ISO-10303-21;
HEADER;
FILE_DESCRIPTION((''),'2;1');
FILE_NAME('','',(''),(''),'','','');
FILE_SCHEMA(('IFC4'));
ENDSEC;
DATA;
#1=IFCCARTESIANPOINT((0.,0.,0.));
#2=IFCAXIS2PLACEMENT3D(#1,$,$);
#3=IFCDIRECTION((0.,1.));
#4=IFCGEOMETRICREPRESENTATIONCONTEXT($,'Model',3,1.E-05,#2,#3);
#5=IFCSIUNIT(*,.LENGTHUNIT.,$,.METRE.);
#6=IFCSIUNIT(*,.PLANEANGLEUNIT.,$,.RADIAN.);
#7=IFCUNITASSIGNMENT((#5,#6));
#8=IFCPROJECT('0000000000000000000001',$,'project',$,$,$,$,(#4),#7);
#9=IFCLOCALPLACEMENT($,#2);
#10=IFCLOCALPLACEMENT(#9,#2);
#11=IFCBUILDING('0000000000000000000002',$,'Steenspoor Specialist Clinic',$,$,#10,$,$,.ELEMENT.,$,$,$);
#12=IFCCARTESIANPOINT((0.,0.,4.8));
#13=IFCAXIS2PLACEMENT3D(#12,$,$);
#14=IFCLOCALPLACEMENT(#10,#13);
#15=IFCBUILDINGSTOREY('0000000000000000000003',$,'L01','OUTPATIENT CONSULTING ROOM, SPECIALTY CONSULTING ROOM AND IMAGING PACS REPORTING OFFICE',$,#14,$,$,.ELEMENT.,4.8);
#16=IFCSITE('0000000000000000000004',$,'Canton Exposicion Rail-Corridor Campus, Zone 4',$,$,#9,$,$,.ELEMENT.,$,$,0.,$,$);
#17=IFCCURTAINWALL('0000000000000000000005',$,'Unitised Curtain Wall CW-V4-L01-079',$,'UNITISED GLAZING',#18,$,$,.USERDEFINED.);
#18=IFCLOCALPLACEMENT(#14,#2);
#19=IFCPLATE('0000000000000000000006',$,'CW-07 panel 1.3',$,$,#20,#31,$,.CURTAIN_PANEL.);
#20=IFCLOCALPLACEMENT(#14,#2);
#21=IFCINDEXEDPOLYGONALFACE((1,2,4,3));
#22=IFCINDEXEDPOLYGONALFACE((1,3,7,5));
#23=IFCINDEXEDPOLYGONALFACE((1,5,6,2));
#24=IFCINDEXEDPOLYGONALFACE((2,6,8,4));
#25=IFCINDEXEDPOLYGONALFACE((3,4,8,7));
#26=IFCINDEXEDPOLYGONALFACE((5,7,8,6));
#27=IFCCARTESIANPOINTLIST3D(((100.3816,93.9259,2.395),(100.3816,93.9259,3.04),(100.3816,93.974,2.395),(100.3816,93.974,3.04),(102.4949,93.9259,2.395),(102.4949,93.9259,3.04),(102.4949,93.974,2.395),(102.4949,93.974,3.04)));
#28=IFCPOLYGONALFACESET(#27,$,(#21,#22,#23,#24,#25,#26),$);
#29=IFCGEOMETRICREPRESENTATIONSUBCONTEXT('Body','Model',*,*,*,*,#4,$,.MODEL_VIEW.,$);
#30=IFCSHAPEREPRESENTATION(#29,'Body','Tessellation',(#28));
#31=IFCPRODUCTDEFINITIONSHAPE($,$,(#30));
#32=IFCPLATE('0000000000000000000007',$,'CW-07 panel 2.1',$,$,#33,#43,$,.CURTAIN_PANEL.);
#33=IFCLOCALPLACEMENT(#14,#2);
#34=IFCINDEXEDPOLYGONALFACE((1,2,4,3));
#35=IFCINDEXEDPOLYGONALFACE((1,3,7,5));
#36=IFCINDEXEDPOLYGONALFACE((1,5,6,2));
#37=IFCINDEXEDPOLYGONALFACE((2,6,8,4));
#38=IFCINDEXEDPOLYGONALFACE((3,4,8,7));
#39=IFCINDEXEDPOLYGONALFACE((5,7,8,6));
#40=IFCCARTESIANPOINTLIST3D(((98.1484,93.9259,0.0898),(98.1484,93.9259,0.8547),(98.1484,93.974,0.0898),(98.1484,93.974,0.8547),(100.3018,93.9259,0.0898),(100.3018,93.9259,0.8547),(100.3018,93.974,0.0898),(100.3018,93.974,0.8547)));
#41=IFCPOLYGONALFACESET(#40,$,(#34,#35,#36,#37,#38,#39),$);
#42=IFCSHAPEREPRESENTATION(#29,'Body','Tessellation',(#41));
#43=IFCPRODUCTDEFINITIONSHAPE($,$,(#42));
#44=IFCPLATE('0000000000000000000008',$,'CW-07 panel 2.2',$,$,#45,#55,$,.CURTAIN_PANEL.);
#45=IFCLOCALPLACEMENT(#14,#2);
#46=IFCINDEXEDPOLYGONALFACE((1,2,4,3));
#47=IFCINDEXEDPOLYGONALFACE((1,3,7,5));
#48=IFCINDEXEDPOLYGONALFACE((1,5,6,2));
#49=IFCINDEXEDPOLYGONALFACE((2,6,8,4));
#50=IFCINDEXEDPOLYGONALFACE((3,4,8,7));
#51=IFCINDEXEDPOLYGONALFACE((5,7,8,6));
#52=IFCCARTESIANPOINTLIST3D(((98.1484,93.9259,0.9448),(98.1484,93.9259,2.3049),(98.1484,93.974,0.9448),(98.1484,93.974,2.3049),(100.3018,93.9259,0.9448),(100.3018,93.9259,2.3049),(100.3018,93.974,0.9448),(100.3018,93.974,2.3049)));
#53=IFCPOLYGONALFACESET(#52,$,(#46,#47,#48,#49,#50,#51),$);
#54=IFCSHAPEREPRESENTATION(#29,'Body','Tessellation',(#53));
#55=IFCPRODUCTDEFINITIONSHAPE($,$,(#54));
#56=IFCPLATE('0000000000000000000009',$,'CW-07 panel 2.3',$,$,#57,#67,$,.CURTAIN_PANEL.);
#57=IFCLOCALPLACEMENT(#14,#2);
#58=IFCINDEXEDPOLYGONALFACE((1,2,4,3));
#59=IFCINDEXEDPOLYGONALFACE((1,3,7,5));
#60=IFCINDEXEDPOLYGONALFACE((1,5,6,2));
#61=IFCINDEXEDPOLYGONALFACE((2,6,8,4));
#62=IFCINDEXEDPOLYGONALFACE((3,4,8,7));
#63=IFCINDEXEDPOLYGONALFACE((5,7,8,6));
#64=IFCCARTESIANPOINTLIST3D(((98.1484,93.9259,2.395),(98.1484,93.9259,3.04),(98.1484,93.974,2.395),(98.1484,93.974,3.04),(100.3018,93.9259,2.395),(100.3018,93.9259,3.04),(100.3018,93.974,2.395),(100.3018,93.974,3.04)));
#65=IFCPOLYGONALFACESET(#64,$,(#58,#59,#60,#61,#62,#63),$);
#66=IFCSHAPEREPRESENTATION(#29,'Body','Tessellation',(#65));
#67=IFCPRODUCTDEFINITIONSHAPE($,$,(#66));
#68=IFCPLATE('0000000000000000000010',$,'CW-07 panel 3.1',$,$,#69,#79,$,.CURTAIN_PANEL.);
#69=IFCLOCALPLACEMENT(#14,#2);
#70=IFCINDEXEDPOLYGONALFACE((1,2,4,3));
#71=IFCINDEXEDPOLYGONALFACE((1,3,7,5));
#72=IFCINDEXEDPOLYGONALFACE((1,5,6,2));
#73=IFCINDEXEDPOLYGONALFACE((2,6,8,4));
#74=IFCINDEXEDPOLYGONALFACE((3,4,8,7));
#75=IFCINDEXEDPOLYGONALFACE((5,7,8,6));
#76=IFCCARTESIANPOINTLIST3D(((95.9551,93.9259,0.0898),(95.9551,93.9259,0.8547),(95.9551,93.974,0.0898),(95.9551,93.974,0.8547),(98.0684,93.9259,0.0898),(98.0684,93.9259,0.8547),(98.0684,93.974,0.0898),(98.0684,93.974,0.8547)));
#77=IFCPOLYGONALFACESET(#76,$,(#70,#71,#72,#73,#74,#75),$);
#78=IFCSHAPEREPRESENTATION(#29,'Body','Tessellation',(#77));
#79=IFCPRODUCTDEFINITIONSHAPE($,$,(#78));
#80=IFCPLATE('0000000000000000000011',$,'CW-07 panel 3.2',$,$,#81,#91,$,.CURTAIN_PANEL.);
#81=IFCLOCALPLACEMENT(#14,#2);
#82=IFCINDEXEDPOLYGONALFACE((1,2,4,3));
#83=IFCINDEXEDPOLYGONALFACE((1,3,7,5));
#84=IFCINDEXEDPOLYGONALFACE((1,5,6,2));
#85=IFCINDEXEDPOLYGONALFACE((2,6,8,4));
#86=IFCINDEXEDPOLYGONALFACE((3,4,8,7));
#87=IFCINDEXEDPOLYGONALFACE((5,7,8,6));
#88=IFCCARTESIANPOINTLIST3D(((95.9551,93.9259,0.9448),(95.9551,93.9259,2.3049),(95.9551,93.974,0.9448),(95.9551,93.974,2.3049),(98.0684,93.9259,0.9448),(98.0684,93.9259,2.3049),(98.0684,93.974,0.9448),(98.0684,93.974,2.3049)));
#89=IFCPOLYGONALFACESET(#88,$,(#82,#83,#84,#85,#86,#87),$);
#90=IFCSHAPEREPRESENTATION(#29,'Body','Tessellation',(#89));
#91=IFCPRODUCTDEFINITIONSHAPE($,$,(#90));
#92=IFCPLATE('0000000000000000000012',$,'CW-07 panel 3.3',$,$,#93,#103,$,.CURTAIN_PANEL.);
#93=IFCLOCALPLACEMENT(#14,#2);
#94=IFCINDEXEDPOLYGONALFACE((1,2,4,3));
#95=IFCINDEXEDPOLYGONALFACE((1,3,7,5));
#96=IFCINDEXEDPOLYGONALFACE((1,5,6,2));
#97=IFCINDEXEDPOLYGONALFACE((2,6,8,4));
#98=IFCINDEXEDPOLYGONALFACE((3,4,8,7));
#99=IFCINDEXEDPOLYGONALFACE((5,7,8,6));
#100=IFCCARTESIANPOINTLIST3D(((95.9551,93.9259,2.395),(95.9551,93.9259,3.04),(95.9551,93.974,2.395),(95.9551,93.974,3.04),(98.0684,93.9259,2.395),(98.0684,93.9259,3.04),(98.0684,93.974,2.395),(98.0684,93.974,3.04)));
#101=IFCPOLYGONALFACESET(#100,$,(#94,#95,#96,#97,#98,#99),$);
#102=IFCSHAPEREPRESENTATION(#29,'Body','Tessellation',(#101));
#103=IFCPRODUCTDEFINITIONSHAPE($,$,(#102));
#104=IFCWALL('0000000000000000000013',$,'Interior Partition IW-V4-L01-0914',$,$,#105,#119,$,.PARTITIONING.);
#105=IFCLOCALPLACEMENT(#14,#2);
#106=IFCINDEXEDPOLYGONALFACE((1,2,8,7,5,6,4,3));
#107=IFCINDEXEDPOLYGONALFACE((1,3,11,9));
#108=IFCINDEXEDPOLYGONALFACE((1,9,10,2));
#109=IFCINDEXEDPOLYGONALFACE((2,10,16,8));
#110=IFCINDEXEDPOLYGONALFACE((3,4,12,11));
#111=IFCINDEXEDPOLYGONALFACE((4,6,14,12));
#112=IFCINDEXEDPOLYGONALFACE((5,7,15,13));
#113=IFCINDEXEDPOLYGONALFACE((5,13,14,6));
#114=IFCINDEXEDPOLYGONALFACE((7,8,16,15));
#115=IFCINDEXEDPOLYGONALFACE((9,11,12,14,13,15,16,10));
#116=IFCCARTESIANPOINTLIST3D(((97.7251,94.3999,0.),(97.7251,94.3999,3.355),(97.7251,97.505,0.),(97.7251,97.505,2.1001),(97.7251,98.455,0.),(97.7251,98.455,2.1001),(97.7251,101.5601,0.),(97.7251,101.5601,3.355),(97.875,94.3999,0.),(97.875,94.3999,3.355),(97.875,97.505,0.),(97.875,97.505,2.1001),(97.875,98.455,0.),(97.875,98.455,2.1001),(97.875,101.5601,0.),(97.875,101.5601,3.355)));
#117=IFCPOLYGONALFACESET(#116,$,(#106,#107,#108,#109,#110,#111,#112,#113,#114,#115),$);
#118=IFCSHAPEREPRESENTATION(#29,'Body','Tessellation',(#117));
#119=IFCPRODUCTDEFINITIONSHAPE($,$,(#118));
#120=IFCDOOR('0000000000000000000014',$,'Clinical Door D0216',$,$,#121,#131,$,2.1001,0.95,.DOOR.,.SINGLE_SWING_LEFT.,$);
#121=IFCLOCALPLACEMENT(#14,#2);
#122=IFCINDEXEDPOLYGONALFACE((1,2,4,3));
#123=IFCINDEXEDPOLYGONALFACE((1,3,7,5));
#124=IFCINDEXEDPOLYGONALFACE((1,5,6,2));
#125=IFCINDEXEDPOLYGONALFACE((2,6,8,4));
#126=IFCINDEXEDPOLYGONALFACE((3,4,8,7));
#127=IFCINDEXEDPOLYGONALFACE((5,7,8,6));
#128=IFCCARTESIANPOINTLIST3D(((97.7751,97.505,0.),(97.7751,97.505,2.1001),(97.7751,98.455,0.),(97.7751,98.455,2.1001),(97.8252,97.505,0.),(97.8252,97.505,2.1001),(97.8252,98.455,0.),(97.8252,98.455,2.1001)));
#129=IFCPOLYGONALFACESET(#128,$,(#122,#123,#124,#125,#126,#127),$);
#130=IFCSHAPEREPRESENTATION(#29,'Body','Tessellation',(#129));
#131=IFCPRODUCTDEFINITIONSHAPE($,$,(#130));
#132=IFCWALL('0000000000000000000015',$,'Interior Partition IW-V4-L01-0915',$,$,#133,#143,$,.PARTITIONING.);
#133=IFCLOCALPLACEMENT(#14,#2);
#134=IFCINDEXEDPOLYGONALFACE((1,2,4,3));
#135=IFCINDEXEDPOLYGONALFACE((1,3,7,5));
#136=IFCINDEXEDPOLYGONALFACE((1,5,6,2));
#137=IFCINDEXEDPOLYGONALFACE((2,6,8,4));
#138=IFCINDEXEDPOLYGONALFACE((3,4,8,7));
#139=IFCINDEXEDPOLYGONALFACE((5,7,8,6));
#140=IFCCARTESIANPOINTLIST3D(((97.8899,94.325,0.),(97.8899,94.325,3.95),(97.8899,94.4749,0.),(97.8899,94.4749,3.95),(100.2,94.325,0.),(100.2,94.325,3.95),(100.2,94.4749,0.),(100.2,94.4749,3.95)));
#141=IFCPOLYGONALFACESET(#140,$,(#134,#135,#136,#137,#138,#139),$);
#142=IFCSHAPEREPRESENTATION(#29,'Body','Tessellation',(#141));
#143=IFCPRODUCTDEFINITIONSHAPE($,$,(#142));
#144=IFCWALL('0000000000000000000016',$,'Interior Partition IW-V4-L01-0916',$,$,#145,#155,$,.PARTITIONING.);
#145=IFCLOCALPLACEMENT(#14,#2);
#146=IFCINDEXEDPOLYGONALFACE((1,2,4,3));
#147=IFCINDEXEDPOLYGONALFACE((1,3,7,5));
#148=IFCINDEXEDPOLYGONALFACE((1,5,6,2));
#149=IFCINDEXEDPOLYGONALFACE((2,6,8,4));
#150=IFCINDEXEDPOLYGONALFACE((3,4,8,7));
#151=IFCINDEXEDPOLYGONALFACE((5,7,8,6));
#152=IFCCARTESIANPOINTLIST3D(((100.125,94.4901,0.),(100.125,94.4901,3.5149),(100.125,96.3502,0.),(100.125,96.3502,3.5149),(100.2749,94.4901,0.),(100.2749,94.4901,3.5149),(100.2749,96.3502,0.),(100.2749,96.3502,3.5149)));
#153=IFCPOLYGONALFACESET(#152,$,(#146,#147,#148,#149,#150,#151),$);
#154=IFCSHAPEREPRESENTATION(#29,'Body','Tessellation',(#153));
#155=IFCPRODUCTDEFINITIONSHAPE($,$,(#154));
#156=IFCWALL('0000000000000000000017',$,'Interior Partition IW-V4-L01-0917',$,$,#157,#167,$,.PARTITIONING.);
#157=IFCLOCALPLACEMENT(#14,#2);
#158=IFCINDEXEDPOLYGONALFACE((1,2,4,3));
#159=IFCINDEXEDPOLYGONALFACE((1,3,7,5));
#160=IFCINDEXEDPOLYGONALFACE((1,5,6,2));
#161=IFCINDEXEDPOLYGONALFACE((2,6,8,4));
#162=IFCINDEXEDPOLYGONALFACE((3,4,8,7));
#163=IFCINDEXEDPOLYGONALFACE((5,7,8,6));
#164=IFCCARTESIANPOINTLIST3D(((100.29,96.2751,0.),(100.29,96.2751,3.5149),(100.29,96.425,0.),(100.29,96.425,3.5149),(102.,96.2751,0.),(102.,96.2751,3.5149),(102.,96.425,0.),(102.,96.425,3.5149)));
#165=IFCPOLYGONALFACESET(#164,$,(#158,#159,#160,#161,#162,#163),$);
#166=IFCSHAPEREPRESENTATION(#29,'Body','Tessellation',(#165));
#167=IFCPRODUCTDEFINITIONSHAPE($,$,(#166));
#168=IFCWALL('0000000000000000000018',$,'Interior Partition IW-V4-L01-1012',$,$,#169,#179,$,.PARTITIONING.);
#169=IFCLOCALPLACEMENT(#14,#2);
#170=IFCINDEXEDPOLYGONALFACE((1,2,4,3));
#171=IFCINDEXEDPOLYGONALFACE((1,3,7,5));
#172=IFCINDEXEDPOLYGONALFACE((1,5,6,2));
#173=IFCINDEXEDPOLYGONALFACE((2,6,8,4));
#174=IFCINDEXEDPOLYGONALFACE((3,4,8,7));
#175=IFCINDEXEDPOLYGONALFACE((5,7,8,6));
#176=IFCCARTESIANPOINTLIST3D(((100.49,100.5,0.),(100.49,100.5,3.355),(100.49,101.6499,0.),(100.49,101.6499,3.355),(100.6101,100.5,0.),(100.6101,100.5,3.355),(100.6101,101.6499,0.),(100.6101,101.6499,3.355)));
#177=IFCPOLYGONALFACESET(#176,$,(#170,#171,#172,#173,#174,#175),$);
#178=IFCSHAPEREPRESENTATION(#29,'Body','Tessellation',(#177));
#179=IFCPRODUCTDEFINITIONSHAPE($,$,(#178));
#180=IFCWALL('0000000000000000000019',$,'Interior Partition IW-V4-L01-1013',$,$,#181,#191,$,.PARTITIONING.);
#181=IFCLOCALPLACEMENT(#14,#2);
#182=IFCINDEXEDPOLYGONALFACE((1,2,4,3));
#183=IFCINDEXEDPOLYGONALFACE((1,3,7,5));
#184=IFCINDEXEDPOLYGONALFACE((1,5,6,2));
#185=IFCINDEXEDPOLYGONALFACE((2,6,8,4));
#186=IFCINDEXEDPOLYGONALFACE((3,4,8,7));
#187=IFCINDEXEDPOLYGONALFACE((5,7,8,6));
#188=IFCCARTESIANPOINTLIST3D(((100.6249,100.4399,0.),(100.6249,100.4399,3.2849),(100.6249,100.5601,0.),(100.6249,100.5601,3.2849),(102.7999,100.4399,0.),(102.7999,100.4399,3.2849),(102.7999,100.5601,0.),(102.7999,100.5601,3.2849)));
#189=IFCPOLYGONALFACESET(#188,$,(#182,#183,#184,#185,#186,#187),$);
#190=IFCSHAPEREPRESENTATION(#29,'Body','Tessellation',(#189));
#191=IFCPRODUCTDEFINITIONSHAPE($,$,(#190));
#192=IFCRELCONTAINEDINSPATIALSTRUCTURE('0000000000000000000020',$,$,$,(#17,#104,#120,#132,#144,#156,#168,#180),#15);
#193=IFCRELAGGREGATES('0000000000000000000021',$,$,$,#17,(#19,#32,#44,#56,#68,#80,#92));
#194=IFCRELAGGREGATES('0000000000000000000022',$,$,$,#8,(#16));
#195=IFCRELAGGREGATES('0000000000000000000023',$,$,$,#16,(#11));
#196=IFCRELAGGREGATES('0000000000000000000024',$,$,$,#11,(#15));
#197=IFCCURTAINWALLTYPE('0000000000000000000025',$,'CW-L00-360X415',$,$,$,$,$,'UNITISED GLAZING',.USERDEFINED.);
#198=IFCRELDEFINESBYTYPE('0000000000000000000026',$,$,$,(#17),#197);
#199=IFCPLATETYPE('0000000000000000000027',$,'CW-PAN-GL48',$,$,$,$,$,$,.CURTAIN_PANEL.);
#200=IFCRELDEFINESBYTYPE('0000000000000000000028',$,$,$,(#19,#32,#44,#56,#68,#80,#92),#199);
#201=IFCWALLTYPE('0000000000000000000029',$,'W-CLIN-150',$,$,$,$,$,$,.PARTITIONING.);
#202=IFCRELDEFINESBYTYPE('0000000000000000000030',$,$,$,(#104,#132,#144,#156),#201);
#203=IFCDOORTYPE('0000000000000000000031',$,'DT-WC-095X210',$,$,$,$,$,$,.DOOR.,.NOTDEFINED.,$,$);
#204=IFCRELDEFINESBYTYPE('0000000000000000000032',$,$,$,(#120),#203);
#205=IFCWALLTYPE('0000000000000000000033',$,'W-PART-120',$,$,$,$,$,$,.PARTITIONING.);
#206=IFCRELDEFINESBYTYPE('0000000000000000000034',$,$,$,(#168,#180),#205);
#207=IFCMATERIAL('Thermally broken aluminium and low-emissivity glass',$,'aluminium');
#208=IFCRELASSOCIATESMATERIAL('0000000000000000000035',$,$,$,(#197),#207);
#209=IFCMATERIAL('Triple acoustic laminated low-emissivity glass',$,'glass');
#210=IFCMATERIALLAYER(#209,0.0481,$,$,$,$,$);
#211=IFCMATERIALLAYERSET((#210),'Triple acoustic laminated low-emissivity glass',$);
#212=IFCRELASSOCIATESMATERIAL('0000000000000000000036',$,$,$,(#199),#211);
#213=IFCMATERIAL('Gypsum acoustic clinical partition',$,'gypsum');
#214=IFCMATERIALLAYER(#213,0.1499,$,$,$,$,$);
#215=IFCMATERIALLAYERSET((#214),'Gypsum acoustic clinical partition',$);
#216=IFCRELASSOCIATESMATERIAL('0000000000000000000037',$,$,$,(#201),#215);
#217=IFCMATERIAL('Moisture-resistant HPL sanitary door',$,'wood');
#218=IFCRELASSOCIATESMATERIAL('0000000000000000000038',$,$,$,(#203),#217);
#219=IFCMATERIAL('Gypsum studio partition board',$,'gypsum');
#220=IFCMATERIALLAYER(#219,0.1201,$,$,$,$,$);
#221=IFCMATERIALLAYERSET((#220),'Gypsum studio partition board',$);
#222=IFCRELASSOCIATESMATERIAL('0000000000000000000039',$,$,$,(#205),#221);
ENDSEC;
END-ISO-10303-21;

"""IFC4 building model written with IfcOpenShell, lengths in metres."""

from ifc_helpers import new_model, si_unit, direction, frame, frame_2d, origin, origin_2d, place, context, subcontext, project, spatial, rectangle, extrude, material, layer, layer_set, type_object, element, fill, aggregate, save


model = new_model("IFC4")

# Units and contexts
model_context = context("Model", 3, precision=1e-05, world=origin(), true_north=direction((0.0, 1.0)))
body_context = subcontext(model_context, "Body", "Model", "MODEL_VIEW")
ifc_project = project(units=[si_unit("LENGTHUNIT", "METRE"), si_unit("PLANEANGLEUNIT", "RADIAN")], contexts=[model_context])

# Site, building, storey
site_placement = place(None, origin())
site = spatial("IfcSite", under=ifc_project, at=site_placement, Name="Canton Exposicion Rail-Corridor Campus, Zone 4", CompositionType="ELEMENT", RefElevation=0.0)
building_placement = place(site_placement, origin())
building = spatial("IfcBuilding", under=site, at=building_placement, Name="Steenspoor Specialist Clinic", CompositionType="ELEMENT")
storey_placement = place(building_placement, frame((0.0, 0.0, 4.8)))
storey = spatial("IfcBuildingStorey", under=building, at=storey_placement, Name="L01", Description="OUTPATIENT CONSULTING ROOM, SPECIALTY CONSULTING ROOM AND IMAGING PACS REPORTING OFFICE", CompositionType="ELEMENT", Elevation=4.8)

# Curtain wall, plates
ifc_material_1 = material(Name="Thermally broken aluminium and low-emissivity glass", Category="aluminium")
curtain_wall_type = type_object("IfcCurtainWallType", Name="CW-L00-360X415", ElementType="UNITISED GLAZING", PredefinedType="USERDEFINED", material=ifc_material_1)
curtain_wall_placement = place(storey_placement, origin())
curtain_wall = element("IfcCurtainWall", 1, at=curtain_wall_placement, inside=storey, type_object=curtain_wall_type, Name="Unitised Curtain Wall CW-V4-L01-079", ObjectType="UNITISED GLAZING", PredefinedType="USERDEFINED")
ifc_material_2 = material(Name="Triple acoustic laminated low-emissivity glass", Category="glass")
ifc_layer_1 = layer(ifc_material_2, 0.0481)
ifc_layer_set_1 = layer_set([ifc_layer_1], Name="Triple acoustic laminated low-emissivity glass")
plate_type = type_object("IfcPlateType", Name="CW-PAN-GL48", PredefinedType="CURTAIN_PANEL", material=ifc_layer_set_1)
plate_1_placement = place(storey_placement, frame((101.4382, 93.95, 2.395), z_axis=(0.0, 0.0, 1.0), x_axis=(-1.0, 0.0, 0.0)))
plate_1 = element("IfcPlate", 2, at=plate_1_placement, type_object=plate_type, Name="CW-07 panel 1.3", PredefinedType="CURTAIN_PANEL", context=body_context, shape_type="SweptSolid", body=[
    extrude(rectangle(XDim=2.1133, YDim=0.0481, at=origin_2d()), origin(), (0.0, 0.0, 1.0), 0.645),
])
plate_2_placement = place(storey_placement, frame((99.2251, 93.95, 0.0898), z_axis=(0.0, 0.0, 1.0), x_axis=(-1.0, 0.0, 0.0)))
plate_2 = element("IfcPlate", 3, at=plate_2_placement, type_object=plate_type, Name="CW-07 panel 2.1", PredefinedType="CURTAIN_PANEL", context=body_context, shape_type="SweptSolid", body=[
    extrude(rectangle(XDim=2.1533, YDim=0.0481, at=origin_2d()), origin(), (0.0, 0.0, 1.0), 0.7649),
])
plate_3_placement = place(storey_placement, frame((99.2251, 93.95, 0.9448), z_axis=(0.0, 0.0, 1.0), x_axis=(-1.0, 0.0, 0.0)))
plate_3 = element("IfcPlate", 4, at=plate_3_placement, type_object=plate_type, Name="CW-07 panel 2.2", PredefinedType="CURTAIN_PANEL", context=body_context, shape_type="SweptSolid", body=[
    extrude(rectangle(XDim=2.1533, YDim=0.0481, at=origin_2d()), origin(), (0.0, 0.0, 1.0), 1.3601),
])
plate_4_placement = place(storey_placement, frame((99.2251, 93.95, 2.395), z_axis=(0.0, 0.0, 1.0), x_axis=(-1.0, 0.0, 0.0)))
plate_4 = element("IfcPlate", 5, at=plate_4_placement, type_object=plate_type, Name="CW-07 panel 2.3", PredefinedType="CURTAIN_PANEL", context=body_context, shape_type="SweptSolid", body=[
    extrude(rectangle(XDim=2.1533, YDim=0.0481, at=origin_2d()), origin(), (0.0, 0.0, 1.0), 0.645),
])
plate_5_placement = place(storey_placement, frame((97.0117, 93.95, 0.0898), z_axis=(0.0, 0.0, 1.0), x_axis=(-1.0, 0.0, 0.0)))
plate_5 = element("IfcPlate", 6, at=plate_5_placement, type_object=plate_type, Name="CW-07 panel 3.1", PredefinedType="CURTAIN_PANEL", context=body_context, shape_type="SweptSolid", body=[
    extrude(rectangle(XDim=2.1133, YDim=0.0481, at=origin_2d()), origin(), (0.0, 0.0, 1.0), 0.7649),
])
plate_6_placement = place(storey_placement, frame((97.0117, 93.95, 0.9448), z_axis=(0.0, 0.0, 1.0), x_axis=(-1.0, 0.0, 0.0)))
plate_6 = element("IfcPlate", 7, at=plate_6_placement, type_object=plate_type, Name="CW-07 panel 3.2", PredefinedType="CURTAIN_PANEL", context=body_context, shape_type="SweptSolid", body=[
    extrude(rectangle(XDim=2.1133, YDim=0.0481, at=origin_2d()), origin(), (0.0, 0.0, 1.0), 1.3601),
])
plate_7_placement = place(storey_placement, frame((97.0117, 93.95, 2.395), z_axis=(0.0, 0.0, 1.0), x_axis=(-1.0, 0.0, 0.0)))
plate_7 = element("IfcPlate", 8, at=plate_7_placement, type_object=plate_type, Name="CW-07 panel 3.3", PredefinedType="CURTAIN_PANEL", context=body_context, shape_type="SweptSolid", body=[
    extrude(rectangle(XDim=2.1133, YDim=0.0481, at=origin_2d()), origin(), (0.0, 0.0, 1.0), 0.645),
])
aggregate(curtain_wall, [plate_1, plate_2, plate_3, plate_4, plate_5, plate_6, plate_7])

# Wall, opening, door
ifc_material_3 = material(Name="Gypsum acoustic clinical partition", Category="gypsum")
ifc_layer_2 = layer(ifc_material_3, 0.1499)
ifc_layer_set_2 = layer_set([ifc_layer_2], Name="Gypsum acoustic clinical partition")
wall_type_1 = type_object("IfcWallType", Name="W-CLIN-150", PredefinedType="PARTITIONING", material=ifc_layer_set_2)
wall_1_placement = place(storey_placement, frame((97.8, 94.3999, 0.0), z_axis=(0.0, 0.0, 1.0), x_axis=(0.0, 1.0, 0.0)))
wall_1 = element("IfcWall", 9, at=wall_1_placement, inside=storey, type_object=wall_type_1, Name="Interior Partition IW-V4-L01-0914", PredefinedType="PARTITIONING", context=body_context, shape_type="SweptSolid", body=[
    extrude(rectangle(XDim=7.1602, YDim=0.1499, at=frame_2d((3.5801, 0.0))), origin(), (0.0, 0.0, 1.0), 3.355),
])
opening_placement = place(wall_1_placement, frame((3.105, 0.0, 0.0)))
opening = element("IfcOpeningElement", 10, at=opening_placement, cuts=wall_1, PredefinedType="OPENING", context=body_context, shape_type="SweptSolid", body=[
    extrude(rectangle(XDim=0.95, YDim=2.1001, at=frame_2d((0.4751, 1.05))), frame((0.0, 0.085, 0.0), z_axis=(0.0, -1.0, 0.0), x_axis=(1.0, 0.0, 0.0)), (0.0, 0.0, 1.0), 0.1699),
])
ifc_material_4 = material(Name="Moisture-resistant HPL sanitary door", Category="wood")
door_type = type_object("IfcDoorType", Name="DT-WC-095X210", OperationType="NOTDEFINED", PredefinedType="DOOR", material=ifc_material_4)
door_placement = place(opening_placement, origin())
door = element("IfcDoor", 11, at=door_placement, inside=storey, type_object=door_type, Name="Clinical Door D0216", OperationType="SINGLE_SWING_LEFT", OverallHeight=2.1001, OverallWidth=0.95, PredefinedType="DOOR", context=body_context, shape_type="SweptSolid", body=[
    extrude(rectangle(XDim=0.95, YDim=2.1001, at=frame_2d((0.4751, 1.05))), frame((0.0, 0.0249, 0.0), z_axis=(0.0, -1.0, 0.0), x_axis=(1.0, 0.0, 0.0)), (0.0, 0.0, 1.0), 0.05),
])
fill(opening, door)

# Walls
wall_2_placement = place(storey_placement, frame((97.8899, 94.3999, 0.0), z_axis=(0.0, 0.0, 1.0), x_axis=(1.0, 0.0, 0.0)))
element("IfcWall", 12, at=wall_2_placement, inside=storey, type_object=wall_type_1, Name="Interior Partition IW-V4-L01-0915", PredefinedType="PARTITIONING", context=body_context, shape_type="SweptSolid", body=[
    extrude(rectangle(XDim=2.3101, YDim=0.1499, at=frame_2d((1.155, 0.0))), origin(), (0.0, 0.0, 1.0), 3.95),
])
wall_3_placement = place(storey_placement, frame((100.2, 94.49, 0.0), z_axis=(0.0, 0.0, 1.0), x_axis=(0.0, 1.0, 0.0)))
element("IfcWall", 13, at=wall_3_placement, inside=storey, type_object=wall_type_1, Name="Interior Partition IW-V4-L01-0916", PredefinedType="PARTITIONING", context=body_context, shape_type="SweptSolid", body=[
    extrude(rectangle(XDim=1.8601, YDim=0.1499, at=frame_2d((0.9302, 0.0))), origin(), (0.0, 0.0, 1.0), 3.5149),
])
wall_4_placement = place(storey_placement, frame((100.29, 96.3501, 0.0), z_axis=(0.0, 0.0, 1.0), x_axis=(1.0, 0.0, 0.0)))
element("IfcWall", 14, at=wall_4_placement, inside=storey, type_object=wall_type_1, Name="Interior Partition IW-V4-L01-0917", PredefinedType="PARTITIONING", context=body_context, shape_type="SweptSolid", body=[
    extrude(rectangle(XDim=1.71, YDim=0.1499, at=frame_2d((0.855, 0.0))), origin(), (0.0, 0.0, 1.0), 3.5149),
])
ifc_material_5 = material(Name="Gypsum studio partition board", Category="gypsum")
ifc_layer_3 = layer(ifc_material_5, 0.1201)
ifc_layer_set_3 = layer_set([ifc_layer_3], Name="Gypsum studio partition board")
wall_type_2 = type_object("IfcWallType", Name="W-PART-120", PredefinedType="PARTITIONING", material=ifc_layer_set_3)
wall_5_placement = place(storey_placement, frame((100.55, 100.5, 0.0), z_axis=(0.0, 0.0, 1.0), x_axis=(0.0, 1.0, 0.0)))
element("IfcWall", 15, at=wall_5_placement, inside=storey, type_object=wall_type_2, Name="Interior Partition IW-V4-L01-1012", PredefinedType="PARTITIONING", context=body_context, shape_type="SweptSolid", body=[
    extrude(rectangle(XDim=1.1499, YDim=0.1201, at=frame_2d((0.575, 0.0))), origin(), (0.0, 0.0, 1.0), 3.355),
])
wall_6_placement = place(storey_placement, frame((100.625, 100.5, 0.0), z_axis=(0.0, 0.0, 1.0), x_axis=(1.0, 0.0, 0.0)))
element("IfcWall", 16, at=wall_6_placement, inside=storey, type_object=wall_type_2, Name="Interior Partition IW-V4-L01-1013", PredefinedType="PARTITIONING", context=body_context, shape_type="SweptSolid", body=[
    extrude(rectangle(XDim=2.175, YDim=0.1201, at=frame_2d((1.0874, 0.0))), origin(), (0.0, 0.0, 1.0), 3.2849),
])

save(model, "model.ifc")
